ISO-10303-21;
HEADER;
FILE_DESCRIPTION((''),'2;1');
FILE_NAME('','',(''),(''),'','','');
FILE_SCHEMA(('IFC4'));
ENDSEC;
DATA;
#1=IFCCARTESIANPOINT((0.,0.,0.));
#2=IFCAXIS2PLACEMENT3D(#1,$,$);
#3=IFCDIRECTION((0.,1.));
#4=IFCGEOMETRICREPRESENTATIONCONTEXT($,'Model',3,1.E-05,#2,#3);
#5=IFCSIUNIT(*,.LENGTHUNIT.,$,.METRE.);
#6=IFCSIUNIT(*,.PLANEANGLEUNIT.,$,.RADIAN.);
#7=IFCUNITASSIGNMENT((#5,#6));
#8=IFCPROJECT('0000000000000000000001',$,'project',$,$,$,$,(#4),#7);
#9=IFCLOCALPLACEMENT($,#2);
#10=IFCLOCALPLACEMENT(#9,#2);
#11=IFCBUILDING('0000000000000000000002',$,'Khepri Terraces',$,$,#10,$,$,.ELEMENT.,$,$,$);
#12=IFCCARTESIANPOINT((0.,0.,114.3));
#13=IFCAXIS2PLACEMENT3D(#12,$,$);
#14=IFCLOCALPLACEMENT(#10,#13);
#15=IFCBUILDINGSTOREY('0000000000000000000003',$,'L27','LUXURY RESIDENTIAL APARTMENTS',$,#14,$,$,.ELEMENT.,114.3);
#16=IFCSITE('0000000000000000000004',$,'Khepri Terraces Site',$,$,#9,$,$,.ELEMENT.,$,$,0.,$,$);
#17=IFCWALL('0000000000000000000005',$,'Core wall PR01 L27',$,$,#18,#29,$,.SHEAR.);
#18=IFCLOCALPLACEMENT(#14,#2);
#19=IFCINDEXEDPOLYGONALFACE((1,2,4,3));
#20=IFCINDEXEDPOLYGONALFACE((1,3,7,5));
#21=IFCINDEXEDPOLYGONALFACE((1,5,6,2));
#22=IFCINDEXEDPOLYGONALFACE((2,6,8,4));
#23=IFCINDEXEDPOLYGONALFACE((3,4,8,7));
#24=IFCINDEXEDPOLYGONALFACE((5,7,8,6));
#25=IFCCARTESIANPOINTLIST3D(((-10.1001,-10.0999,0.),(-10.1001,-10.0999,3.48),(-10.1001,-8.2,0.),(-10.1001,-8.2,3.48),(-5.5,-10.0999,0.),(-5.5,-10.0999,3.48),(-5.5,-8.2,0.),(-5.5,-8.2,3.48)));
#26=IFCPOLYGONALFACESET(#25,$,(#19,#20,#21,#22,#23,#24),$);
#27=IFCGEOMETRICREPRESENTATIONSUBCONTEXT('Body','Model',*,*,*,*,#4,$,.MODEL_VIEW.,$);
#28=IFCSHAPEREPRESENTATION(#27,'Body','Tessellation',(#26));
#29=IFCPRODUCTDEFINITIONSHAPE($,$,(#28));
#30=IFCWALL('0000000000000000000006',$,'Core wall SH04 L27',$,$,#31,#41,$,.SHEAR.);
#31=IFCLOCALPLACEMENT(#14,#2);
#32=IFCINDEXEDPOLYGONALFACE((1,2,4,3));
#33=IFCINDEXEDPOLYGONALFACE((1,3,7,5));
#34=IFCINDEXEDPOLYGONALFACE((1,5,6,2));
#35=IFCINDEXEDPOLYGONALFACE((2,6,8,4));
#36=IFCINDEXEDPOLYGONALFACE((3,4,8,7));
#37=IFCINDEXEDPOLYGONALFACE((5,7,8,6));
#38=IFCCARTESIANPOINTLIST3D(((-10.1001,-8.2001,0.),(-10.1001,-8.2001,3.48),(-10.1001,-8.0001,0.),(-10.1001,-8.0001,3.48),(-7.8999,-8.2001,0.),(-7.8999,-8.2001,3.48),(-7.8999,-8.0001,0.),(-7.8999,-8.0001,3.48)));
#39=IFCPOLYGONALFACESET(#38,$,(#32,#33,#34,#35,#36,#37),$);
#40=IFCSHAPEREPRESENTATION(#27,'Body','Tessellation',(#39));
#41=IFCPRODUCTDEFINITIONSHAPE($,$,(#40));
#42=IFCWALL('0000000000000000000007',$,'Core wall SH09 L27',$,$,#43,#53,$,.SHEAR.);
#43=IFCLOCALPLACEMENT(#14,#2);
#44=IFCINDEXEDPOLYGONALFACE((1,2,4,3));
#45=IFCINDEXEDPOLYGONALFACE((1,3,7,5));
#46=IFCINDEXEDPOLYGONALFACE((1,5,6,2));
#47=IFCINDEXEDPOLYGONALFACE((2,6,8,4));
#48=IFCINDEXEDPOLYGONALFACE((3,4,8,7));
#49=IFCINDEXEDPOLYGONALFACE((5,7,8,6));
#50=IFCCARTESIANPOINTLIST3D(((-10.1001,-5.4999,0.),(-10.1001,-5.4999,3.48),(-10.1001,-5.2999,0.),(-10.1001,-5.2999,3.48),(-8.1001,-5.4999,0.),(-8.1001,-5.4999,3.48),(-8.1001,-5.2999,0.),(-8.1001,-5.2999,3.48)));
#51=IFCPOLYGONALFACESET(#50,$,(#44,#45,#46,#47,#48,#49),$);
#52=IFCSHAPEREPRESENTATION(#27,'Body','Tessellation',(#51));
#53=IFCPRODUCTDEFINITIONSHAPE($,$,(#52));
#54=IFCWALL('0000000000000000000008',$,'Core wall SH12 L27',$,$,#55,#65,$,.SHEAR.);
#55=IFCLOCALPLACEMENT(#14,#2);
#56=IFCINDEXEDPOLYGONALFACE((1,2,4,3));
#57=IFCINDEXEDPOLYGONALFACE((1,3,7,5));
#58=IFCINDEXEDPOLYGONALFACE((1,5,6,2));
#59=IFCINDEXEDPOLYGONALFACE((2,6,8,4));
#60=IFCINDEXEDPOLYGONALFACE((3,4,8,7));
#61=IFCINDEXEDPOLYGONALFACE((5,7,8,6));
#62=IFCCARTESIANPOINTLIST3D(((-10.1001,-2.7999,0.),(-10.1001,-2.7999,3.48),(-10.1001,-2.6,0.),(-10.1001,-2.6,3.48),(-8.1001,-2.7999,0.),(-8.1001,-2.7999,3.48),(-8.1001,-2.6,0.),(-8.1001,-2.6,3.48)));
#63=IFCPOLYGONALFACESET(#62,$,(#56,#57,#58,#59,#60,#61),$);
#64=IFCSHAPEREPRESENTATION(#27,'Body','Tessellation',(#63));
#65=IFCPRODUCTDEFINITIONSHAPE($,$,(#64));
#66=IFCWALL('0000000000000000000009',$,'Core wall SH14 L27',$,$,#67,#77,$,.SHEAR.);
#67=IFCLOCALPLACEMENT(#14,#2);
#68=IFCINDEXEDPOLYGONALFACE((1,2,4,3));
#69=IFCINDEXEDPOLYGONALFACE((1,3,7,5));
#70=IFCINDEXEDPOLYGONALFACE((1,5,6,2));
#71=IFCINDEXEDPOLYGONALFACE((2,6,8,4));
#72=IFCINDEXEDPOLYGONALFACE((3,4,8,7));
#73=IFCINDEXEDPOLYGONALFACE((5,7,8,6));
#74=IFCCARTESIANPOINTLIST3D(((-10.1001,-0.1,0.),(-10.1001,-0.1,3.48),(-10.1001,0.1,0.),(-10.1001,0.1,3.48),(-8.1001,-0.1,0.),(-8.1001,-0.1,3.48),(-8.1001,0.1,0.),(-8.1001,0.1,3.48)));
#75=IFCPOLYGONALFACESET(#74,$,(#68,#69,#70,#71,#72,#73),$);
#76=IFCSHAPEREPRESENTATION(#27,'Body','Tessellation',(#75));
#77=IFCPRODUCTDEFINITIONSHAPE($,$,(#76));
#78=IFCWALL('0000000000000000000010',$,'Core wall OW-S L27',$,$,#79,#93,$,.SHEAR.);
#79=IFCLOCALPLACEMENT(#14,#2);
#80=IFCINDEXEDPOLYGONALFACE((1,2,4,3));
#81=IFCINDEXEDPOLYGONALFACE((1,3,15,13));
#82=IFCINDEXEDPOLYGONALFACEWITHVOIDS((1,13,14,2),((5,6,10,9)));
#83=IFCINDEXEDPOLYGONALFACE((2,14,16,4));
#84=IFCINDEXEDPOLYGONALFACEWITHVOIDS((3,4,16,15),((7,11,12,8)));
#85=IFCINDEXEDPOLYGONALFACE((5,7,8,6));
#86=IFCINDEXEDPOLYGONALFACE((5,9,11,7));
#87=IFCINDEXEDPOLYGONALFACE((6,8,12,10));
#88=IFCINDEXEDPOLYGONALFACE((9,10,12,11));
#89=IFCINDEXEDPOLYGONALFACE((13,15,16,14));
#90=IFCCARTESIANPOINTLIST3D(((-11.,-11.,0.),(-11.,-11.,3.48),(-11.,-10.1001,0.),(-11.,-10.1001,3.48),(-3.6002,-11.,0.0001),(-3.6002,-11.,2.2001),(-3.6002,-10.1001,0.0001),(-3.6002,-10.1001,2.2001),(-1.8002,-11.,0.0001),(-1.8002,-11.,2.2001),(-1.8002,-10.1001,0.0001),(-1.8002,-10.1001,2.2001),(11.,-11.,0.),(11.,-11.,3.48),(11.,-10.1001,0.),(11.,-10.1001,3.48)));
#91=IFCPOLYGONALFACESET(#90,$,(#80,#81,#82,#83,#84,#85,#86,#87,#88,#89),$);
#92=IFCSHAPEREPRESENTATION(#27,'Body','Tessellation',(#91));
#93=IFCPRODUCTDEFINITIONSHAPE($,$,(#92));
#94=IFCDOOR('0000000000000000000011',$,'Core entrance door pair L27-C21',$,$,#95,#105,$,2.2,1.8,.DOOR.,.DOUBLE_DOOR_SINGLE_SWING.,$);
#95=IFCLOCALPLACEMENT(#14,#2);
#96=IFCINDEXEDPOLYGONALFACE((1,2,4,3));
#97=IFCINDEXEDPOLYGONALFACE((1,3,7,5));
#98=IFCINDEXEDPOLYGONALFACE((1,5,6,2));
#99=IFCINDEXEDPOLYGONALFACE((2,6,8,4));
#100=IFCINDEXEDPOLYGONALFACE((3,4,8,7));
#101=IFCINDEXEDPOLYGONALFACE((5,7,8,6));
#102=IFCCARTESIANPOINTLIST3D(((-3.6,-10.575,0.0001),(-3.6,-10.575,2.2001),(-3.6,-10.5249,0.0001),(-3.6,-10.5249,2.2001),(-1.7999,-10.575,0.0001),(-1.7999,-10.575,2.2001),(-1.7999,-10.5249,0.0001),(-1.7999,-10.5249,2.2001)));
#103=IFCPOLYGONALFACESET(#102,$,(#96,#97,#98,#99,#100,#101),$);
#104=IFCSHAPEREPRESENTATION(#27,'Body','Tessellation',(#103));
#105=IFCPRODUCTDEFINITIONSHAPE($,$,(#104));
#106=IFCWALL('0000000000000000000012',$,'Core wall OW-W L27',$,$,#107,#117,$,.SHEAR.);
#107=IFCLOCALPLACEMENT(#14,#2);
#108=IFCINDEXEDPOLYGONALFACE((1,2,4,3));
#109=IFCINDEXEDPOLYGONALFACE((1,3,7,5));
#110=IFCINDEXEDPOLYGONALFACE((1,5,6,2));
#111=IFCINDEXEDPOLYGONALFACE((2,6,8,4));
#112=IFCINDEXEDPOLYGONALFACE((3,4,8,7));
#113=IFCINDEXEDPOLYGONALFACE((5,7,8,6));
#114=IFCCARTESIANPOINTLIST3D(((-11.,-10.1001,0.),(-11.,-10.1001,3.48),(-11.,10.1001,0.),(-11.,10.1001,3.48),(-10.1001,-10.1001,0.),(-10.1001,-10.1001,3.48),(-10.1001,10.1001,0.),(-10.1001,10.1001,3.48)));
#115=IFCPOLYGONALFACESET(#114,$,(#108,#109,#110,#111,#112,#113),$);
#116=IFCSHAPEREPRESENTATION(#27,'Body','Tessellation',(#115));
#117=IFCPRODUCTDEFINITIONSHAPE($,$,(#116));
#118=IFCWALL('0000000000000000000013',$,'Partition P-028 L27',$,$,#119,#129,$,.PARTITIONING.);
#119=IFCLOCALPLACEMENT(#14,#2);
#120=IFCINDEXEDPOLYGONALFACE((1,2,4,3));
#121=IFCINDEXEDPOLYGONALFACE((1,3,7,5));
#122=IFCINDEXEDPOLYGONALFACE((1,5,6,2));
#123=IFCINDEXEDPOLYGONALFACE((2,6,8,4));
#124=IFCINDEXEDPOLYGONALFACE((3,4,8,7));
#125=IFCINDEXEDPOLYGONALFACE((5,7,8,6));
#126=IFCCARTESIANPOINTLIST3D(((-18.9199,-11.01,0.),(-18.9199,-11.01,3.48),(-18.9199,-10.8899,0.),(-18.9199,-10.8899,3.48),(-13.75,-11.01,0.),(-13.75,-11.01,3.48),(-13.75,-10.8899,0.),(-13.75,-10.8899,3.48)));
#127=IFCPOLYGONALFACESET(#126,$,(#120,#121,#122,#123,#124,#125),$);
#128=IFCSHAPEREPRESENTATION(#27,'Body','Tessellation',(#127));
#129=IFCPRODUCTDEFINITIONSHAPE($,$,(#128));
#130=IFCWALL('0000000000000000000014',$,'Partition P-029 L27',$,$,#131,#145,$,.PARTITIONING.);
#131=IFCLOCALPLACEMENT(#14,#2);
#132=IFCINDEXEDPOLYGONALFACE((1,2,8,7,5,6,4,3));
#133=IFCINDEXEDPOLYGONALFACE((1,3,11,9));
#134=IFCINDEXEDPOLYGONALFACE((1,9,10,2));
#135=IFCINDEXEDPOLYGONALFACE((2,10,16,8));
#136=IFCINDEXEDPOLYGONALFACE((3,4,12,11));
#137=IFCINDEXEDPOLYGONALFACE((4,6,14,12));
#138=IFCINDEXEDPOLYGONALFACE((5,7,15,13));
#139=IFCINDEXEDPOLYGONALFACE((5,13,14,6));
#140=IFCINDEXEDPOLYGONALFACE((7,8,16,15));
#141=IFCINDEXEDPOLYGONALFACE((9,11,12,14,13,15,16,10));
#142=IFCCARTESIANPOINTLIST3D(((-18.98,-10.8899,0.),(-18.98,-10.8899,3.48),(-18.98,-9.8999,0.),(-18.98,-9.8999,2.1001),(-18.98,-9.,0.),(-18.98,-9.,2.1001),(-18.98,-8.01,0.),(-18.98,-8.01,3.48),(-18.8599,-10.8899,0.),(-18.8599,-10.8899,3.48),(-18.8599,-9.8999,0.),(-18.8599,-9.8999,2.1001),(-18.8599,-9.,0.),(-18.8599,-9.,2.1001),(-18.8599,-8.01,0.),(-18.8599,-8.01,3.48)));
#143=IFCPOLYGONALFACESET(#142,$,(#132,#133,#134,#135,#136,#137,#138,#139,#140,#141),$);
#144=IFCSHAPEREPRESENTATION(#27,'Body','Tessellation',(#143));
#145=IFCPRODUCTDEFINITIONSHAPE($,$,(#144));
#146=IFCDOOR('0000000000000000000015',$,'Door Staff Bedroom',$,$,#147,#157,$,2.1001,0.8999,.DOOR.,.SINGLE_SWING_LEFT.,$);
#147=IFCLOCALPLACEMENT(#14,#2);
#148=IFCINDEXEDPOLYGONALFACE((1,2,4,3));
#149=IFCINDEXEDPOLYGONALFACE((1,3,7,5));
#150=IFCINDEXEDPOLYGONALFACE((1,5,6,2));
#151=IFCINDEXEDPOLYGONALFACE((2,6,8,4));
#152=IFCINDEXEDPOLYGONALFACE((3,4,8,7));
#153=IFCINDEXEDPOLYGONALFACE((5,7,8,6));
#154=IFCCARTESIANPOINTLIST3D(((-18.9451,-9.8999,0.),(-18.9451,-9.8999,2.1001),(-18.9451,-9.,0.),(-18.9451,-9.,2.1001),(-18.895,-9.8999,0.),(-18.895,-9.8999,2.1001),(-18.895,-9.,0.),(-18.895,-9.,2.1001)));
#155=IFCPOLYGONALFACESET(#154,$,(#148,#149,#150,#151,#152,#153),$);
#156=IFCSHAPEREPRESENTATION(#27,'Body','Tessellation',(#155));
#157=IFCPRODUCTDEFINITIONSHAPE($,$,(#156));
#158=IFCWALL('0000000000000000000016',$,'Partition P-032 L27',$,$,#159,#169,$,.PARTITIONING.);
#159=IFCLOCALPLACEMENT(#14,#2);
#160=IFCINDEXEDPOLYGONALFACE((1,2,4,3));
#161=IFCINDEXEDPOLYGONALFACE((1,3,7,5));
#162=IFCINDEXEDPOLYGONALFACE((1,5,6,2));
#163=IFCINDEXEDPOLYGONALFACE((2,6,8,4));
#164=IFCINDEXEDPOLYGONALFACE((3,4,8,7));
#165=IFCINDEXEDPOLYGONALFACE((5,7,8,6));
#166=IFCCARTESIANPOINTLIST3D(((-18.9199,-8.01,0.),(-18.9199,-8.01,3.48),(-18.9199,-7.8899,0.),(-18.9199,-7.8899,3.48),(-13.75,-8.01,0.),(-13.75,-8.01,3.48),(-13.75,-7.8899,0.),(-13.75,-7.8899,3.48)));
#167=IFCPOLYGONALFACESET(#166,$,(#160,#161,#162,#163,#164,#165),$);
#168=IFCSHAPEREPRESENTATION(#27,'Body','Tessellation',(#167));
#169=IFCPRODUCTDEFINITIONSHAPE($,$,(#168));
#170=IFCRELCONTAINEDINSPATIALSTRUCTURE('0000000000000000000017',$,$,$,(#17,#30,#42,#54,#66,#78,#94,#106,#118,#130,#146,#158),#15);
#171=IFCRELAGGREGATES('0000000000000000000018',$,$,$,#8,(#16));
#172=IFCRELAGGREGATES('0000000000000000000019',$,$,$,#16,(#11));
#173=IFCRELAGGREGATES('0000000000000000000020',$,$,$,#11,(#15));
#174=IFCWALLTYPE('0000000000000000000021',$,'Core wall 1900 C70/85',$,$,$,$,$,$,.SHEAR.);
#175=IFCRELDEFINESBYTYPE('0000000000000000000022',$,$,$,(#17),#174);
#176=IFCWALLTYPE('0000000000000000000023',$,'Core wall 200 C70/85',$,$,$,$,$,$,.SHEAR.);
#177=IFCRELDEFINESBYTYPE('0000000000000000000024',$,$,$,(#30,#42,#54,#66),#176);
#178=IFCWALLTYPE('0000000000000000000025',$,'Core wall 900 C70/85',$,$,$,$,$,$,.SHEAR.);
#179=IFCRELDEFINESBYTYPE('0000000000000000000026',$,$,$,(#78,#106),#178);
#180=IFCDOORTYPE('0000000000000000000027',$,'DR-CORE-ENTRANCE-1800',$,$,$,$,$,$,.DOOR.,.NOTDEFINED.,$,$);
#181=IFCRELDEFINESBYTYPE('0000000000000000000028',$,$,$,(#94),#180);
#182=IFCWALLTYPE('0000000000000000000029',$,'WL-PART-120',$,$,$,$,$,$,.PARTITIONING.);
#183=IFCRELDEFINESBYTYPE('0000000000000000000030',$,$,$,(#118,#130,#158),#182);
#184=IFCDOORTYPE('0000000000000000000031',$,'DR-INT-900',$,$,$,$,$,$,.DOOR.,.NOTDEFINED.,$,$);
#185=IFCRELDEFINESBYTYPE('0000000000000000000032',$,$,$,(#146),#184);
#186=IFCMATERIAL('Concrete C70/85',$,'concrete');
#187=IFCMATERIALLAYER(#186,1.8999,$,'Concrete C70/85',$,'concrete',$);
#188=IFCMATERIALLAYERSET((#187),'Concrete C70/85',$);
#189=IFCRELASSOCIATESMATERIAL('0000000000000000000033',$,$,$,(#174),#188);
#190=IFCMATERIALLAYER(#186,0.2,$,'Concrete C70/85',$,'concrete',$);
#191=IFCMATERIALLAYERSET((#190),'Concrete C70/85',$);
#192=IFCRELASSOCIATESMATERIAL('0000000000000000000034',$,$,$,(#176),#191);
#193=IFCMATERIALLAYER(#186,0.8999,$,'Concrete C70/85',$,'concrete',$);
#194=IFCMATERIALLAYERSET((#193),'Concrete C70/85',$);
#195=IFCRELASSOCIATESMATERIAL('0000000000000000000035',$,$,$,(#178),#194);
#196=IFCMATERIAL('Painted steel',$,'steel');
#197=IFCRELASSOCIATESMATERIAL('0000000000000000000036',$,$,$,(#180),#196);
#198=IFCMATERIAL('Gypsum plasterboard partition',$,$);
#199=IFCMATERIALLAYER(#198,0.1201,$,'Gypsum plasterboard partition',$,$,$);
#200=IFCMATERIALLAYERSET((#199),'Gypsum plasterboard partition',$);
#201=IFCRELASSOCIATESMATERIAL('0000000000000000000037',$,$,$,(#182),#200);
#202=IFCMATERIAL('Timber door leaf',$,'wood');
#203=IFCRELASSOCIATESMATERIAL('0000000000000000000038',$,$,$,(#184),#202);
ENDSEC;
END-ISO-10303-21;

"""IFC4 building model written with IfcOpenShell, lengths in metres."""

from ifc_helpers import new_model, si_unit, direction, frame, frame_2d, origin, place, context, subcontext, project, spatial, rectangle, extrude, material, layer, layer_set, type_object, element, fill, save


model = new_model("IFC4")

# Units and contexts
model_context = context("Model", 3, precision=1e-05, world=origin(), true_north=direction((0.0, 1.0)))
body_context = subcontext(model_context, "Body", "Model", "MODEL_VIEW")
ifc_project = project(units=[si_unit("LENGTHUNIT", "METRE"), si_unit("PLANEANGLEUNIT", "RADIAN")], contexts=[model_context])

# Site, building, storey
site_placement = place(None, origin())
site = spatial("IfcSite", under=ifc_project, at=site_placement, Name="Khepri Terraces Site", CompositionType="ELEMENT", RefElevation=0.0)
building_placement = place(site_placement, origin())
building = spatial("IfcBuilding", under=site, at=building_placement, Name="Khepri Terraces", CompositionType="ELEMENT")
storey_placement = place(building_placement, frame((0.0, 0.0, 114.3)))
storey = spatial("IfcBuildingStorey", under=building, at=storey_placement, Name="L27", Description="LUXURY RESIDENTIAL APARTMENTS", CompositionType="ELEMENT", Elevation=114.3)

# Walls
ifc_material_1 = material(Name="Concrete C70/85", Category="concrete")
ifc_layer_1 = layer(ifc_material_1, 1.8999, Name="Concrete C70/85", Category="concrete")
ifc_layer_set_1 = layer_set([ifc_layer_1], Name="Concrete C70/85")
wall_type_1 = type_object("IfcWallType", Name="Core wall 1900 C70/85", PredefinedType="SHEAR", material=ifc_layer_set_1)
wall_1_placement = place(storey_placement, frame((-10.1001, -9.1499, 0.0), z_axis=(0.0, 0.0, 1.0), x_axis=(1.0, 0.0, 0.0)))
element("IfcWall", 1, at=wall_1_placement, inside=storey, type_object=wall_type_1, Name="Core wall PR01 L27", PredefinedType="SHEAR", context=body_context, shape_type="SweptSolid", body=[
    extrude(rectangle(XDim=4.6001, YDim=1.8999, at=frame_2d((2.3, 0.0))), origin(), (0.0, 0.0, 1.0), 3.48),
])
ifc_layer_2 = layer(ifc_material_1, 0.2, Name="Concrete C70/85", Category="concrete")
ifc_layer_set_2 = layer_set([ifc_layer_2], Name="Concrete C70/85")
wall_type_2 = type_object("IfcWallType", Name="Core wall 200 C70/85", PredefinedType="SHEAR", material=ifc_layer_set_2)
wall_2_placement = place(storey_placement, frame((-10.1001, -8.1001, 0.0), z_axis=(0.0, 0.0, 1.0), x_axis=(1.0, 0.0, 0.0)))
element("IfcWall", 2, at=wall_2_placement, inside=storey, type_object=wall_type_2, Name="Core wall SH04 L27", PredefinedType="SHEAR", context=body_context, shape_type="SweptSolid", body=[
    extrude(rectangle(XDim=2.2002, YDim=0.2, at=frame_2d((1.1001, 0.0))), origin(), (0.0, 0.0, 1.0), 3.48),
])
for number, where, z_axis, x_axis, name in (
    (3, (-10.1001, -5.3999, 0.0), (0.0, 0.0, 1.0), (1.0, 0.0, 0.0), "Core wall SH09 L27"),
    (4, (-10.1001, -2.7, 0.0), (0.0, 0.0, 1.0), (1.0, 0.0, 0.0), "Core wall SH12 L27"),
    (5, (-10.1001, 0.0, 0.0), (0.0, 0.0, 1.0), (1.0, 0.0, 0.0), "Core wall SH14 L27"),
):
    element("IfcWall", number, at=place(storey_placement, frame(where, z_axis=z_axis, x_axis=x_axis)), inside=storey, type_object=wall_type_2, Name=name, PredefinedType="SHEAR", context=body_context, shape_type="SweptSolid", body=[
        extrude(rectangle(XDim=2.0, YDim=0.2, at=frame_2d((1.0, 0.0))), origin(), (0.0, 0.0, 1.0), 3.48),
    ])

# Wall, opening, door
ifc_layer_3 = layer(ifc_material_1, 0.8999, Name="Concrete C70/85", Category="concrete")
ifc_layer_set_3 = layer_set([ifc_layer_3], Name="Concrete C70/85")
wall_type_3 = type_object("IfcWallType", Name="Core wall 900 C70/85", PredefinedType="SHEAR", material=ifc_layer_set_3)
wall_3_placement = place(storey_placement, frame((-11.0, -10.55, 0.0), z_axis=(0.0, 0.0, 1.0), x_axis=(1.0, 0.0, 0.0)))
wall_3 = element("IfcWall", 6, at=wall_3_placement, inside=storey, type_object=wall_type_3, Name="Core wall OW-S L27", PredefinedType="SHEAR", context=body_context, shape_type="SweptSolid", body=[
    extrude(rectangle(XDim=22.0, YDim=0.8999, at=frame_2d((11.0, 0.0))), origin(), (0.0, 0.0, 1.0), 3.48),
])
opening_1_placement = place(wall_3_placement, frame((7.3999, 0.0, 0.0)))
opening_1 = element("IfcOpeningElement", 7, at=opening_1_placement, cuts=wall_3, PredefinedType="OPENING", context=body_context, shape_type="SweptSolid", body=[
    extrude(rectangle(XDim=1.8, YDim=2.2, at=frame_2d((0.8999, 1.1001))), frame((0.0, 0.46, 0.0), z_axis=(0.0, -1.0, 0.0), x_axis=(1.0, 0.0, 0.0)), (0.0, 0.0, 1.0), 0.9199),
])
ifc_material_2 = material(Name="Painted steel", Category="steel")
door_type_1 = type_object("IfcDoorType", Name="DR-CORE-ENTRANCE-1800", OperationType="NOTDEFINED", PredefinedType="DOOR", material=ifc_material_2)
door_1_placement = place(opening_1_placement, frame((1.8, 0.0, 0.0), z_axis=(0.0, 0.0, 1.0), x_axis=(-1.0, 0.0, 0.0)))
door_1 = element("IfcDoor", 8, at=door_1_placement, inside=storey, type_object=door_type_1, Name="Core entrance door pair L27-C21", OperationType="DOUBLE_DOOR_SINGLE_SWING", OverallHeight=2.2, OverallWidth=1.8, PredefinedType="DOOR", context=body_context, shape_type="SweptSolid", body=[
    extrude(rectangle(XDim=1.8, YDim=2.2, at=frame_2d((0.8999, 1.1001))), frame((0.0, 0.0249, 0.0), z_axis=(0.0, -1.0, 0.0), x_axis=(1.0, 0.0, 0.0)), (0.0, 0.0, 1.0), 0.05),
])
fill(opening_1, door_1)

# Walls
wall_4_placement = place(storey_placement, frame((-10.55, -10.1001, 0.0), z_axis=(0.0, 0.0, 1.0), x_axis=(0.0, 1.0, 0.0)))
element("IfcWall", 9, at=wall_4_placement, inside=storey, type_object=wall_type_3, Name="Core wall OW-W L27", PredefinedType="SHEAR", context=body_context, shape_type="SweptSolid", body=[
    extrude(rectangle(XDim=20.2002, YDim=0.8999, at=frame_2d((10.1001, 0.0))), origin(), (0.0, 0.0, 1.0), 3.48),
])
ifc_material_3 = material(Name="Gypsum plasterboard partition")
ifc_layer_4 = layer(ifc_material_3, 0.1201, Name="Gypsum plasterboard partition")
ifc_layer_set_4 = layer_set([ifc_layer_4], Name="Gypsum plasterboard partition")
wall_type_4 = type_object("IfcWallType", Name="WL-PART-120", PredefinedType="PARTITIONING", material=ifc_layer_set_4)
wall_5_placement = place(storey_placement, frame((-18.9199, -10.95, 0.0), z_axis=(0.0, 0.0, 1.0), x_axis=(1.0, 0.0, 0.0)))
element("IfcWall", 10, at=wall_5_placement, inside=storey, type_object=wall_type_4, Name="Partition P-028 L27", PredefinedType="PARTITIONING", context=body_context, shape_type="SweptSolid", body=[
    extrude(rectangle(XDim=5.1699, YDim=0.1201, at=frame_2d((2.585, 0.0))), origin(), (0.0, 0.0, 1.0), 3.48),
])

# Wall, opening, door
wall_6_placement = place(storey_placement, frame((-18.9199, -10.8899, 0.0), z_axis=(0.0, 0.0, 1.0), x_axis=(0.0, 1.0, 0.0)))
wall_6 = element("IfcWall", 11, at=wall_6_placement, inside=storey, type_object=wall_type_4, Name="Partition P-029 L27", PredefinedType="PARTITIONING", context=body_context, shape_type="SweptSolid", body=[
    extrude(rectangle(XDim=2.8799, YDim=0.1201, at=frame_2d((1.4399, 0.0))), origin(), (0.0, 0.0, 1.0), 3.48),
])
opening_2_placement = place(wall_6_placement, frame((0.99, 0.0, 0.0)))
opening_2 = element("IfcOpeningElement", 12, at=opening_2_placement, cuts=wall_6, PredefinedType="OPENING", context=body_context, shape_type="SweptSolid", body=[
    extrude(rectangle(XDim=0.8999, YDim=2.1001, at=frame_2d((0.45, 1.05))), frame((0.0, 0.0701, 0.0), z_axis=(0.0, -1.0, 0.0), x_axis=(1.0, 0.0, 0.0)), (0.0, 0.0, 1.0), 0.1401),
])
ifc_material_4 = material(Name="Timber door leaf", Category="wood")
door_type_2 = type_object("IfcDoorType", Name="DR-INT-900", OperationType="NOTDEFINED", PredefinedType="DOOR", material=ifc_material_4)
door_2_placement = place(opening_2_placement, frame((0.8999, 0.0, 0.0), z_axis=(0.0, 0.0, 1.0), x_axis=(-1.0, 0.0, 0.0)))
door_2 = element("IfcDoor", 13, at=door_2_placement, inside=storey, type_object=door_type_2, Name="Door Staff Bedroom", OperationType="SINGLE_SWING_LEFT", OverallHeight=2.1001, OverallWidth=0.8999, PredefinedType="DOOR", context=body_context, shape_type="SweptSolid", body=[
    extrude(rectangle(XDim=0.8999, YDim=2.1001, at=frame_2d((0.45, 1.05))), frame((0.0, 0.0249, 0.0), z_axis=(0.0, -1.0, 0.0), x_axis=(1.0, 0.0, 0.0)), (0.0, 0.0, 1.0), 0.05),
])
fill(opening_2, door_2)

# Wall
wall_7_placement = place(storey_placement, frame((-18.9199, -7.95, 0.0), z_axis=(0.0, 0.0, 1.0), x_axis=(1.0, 0.0, 0.0)))
element("IfcWall", 14, at=wall_7_placement, inside=storey, type_object=wall_type_4, Name="Partition P-032 L27", PredefinedType="PARTITIONING", context=body_context, shape_type="SweptSolid", body=[
    extrude(rectangle(XDim=5.1699, YDim=0.1201, at=frame_2d((2.585, 0.0))), origin(), (0.0, 0.0, 1.0), 3.48),
])

save(model, "model.ifc")
